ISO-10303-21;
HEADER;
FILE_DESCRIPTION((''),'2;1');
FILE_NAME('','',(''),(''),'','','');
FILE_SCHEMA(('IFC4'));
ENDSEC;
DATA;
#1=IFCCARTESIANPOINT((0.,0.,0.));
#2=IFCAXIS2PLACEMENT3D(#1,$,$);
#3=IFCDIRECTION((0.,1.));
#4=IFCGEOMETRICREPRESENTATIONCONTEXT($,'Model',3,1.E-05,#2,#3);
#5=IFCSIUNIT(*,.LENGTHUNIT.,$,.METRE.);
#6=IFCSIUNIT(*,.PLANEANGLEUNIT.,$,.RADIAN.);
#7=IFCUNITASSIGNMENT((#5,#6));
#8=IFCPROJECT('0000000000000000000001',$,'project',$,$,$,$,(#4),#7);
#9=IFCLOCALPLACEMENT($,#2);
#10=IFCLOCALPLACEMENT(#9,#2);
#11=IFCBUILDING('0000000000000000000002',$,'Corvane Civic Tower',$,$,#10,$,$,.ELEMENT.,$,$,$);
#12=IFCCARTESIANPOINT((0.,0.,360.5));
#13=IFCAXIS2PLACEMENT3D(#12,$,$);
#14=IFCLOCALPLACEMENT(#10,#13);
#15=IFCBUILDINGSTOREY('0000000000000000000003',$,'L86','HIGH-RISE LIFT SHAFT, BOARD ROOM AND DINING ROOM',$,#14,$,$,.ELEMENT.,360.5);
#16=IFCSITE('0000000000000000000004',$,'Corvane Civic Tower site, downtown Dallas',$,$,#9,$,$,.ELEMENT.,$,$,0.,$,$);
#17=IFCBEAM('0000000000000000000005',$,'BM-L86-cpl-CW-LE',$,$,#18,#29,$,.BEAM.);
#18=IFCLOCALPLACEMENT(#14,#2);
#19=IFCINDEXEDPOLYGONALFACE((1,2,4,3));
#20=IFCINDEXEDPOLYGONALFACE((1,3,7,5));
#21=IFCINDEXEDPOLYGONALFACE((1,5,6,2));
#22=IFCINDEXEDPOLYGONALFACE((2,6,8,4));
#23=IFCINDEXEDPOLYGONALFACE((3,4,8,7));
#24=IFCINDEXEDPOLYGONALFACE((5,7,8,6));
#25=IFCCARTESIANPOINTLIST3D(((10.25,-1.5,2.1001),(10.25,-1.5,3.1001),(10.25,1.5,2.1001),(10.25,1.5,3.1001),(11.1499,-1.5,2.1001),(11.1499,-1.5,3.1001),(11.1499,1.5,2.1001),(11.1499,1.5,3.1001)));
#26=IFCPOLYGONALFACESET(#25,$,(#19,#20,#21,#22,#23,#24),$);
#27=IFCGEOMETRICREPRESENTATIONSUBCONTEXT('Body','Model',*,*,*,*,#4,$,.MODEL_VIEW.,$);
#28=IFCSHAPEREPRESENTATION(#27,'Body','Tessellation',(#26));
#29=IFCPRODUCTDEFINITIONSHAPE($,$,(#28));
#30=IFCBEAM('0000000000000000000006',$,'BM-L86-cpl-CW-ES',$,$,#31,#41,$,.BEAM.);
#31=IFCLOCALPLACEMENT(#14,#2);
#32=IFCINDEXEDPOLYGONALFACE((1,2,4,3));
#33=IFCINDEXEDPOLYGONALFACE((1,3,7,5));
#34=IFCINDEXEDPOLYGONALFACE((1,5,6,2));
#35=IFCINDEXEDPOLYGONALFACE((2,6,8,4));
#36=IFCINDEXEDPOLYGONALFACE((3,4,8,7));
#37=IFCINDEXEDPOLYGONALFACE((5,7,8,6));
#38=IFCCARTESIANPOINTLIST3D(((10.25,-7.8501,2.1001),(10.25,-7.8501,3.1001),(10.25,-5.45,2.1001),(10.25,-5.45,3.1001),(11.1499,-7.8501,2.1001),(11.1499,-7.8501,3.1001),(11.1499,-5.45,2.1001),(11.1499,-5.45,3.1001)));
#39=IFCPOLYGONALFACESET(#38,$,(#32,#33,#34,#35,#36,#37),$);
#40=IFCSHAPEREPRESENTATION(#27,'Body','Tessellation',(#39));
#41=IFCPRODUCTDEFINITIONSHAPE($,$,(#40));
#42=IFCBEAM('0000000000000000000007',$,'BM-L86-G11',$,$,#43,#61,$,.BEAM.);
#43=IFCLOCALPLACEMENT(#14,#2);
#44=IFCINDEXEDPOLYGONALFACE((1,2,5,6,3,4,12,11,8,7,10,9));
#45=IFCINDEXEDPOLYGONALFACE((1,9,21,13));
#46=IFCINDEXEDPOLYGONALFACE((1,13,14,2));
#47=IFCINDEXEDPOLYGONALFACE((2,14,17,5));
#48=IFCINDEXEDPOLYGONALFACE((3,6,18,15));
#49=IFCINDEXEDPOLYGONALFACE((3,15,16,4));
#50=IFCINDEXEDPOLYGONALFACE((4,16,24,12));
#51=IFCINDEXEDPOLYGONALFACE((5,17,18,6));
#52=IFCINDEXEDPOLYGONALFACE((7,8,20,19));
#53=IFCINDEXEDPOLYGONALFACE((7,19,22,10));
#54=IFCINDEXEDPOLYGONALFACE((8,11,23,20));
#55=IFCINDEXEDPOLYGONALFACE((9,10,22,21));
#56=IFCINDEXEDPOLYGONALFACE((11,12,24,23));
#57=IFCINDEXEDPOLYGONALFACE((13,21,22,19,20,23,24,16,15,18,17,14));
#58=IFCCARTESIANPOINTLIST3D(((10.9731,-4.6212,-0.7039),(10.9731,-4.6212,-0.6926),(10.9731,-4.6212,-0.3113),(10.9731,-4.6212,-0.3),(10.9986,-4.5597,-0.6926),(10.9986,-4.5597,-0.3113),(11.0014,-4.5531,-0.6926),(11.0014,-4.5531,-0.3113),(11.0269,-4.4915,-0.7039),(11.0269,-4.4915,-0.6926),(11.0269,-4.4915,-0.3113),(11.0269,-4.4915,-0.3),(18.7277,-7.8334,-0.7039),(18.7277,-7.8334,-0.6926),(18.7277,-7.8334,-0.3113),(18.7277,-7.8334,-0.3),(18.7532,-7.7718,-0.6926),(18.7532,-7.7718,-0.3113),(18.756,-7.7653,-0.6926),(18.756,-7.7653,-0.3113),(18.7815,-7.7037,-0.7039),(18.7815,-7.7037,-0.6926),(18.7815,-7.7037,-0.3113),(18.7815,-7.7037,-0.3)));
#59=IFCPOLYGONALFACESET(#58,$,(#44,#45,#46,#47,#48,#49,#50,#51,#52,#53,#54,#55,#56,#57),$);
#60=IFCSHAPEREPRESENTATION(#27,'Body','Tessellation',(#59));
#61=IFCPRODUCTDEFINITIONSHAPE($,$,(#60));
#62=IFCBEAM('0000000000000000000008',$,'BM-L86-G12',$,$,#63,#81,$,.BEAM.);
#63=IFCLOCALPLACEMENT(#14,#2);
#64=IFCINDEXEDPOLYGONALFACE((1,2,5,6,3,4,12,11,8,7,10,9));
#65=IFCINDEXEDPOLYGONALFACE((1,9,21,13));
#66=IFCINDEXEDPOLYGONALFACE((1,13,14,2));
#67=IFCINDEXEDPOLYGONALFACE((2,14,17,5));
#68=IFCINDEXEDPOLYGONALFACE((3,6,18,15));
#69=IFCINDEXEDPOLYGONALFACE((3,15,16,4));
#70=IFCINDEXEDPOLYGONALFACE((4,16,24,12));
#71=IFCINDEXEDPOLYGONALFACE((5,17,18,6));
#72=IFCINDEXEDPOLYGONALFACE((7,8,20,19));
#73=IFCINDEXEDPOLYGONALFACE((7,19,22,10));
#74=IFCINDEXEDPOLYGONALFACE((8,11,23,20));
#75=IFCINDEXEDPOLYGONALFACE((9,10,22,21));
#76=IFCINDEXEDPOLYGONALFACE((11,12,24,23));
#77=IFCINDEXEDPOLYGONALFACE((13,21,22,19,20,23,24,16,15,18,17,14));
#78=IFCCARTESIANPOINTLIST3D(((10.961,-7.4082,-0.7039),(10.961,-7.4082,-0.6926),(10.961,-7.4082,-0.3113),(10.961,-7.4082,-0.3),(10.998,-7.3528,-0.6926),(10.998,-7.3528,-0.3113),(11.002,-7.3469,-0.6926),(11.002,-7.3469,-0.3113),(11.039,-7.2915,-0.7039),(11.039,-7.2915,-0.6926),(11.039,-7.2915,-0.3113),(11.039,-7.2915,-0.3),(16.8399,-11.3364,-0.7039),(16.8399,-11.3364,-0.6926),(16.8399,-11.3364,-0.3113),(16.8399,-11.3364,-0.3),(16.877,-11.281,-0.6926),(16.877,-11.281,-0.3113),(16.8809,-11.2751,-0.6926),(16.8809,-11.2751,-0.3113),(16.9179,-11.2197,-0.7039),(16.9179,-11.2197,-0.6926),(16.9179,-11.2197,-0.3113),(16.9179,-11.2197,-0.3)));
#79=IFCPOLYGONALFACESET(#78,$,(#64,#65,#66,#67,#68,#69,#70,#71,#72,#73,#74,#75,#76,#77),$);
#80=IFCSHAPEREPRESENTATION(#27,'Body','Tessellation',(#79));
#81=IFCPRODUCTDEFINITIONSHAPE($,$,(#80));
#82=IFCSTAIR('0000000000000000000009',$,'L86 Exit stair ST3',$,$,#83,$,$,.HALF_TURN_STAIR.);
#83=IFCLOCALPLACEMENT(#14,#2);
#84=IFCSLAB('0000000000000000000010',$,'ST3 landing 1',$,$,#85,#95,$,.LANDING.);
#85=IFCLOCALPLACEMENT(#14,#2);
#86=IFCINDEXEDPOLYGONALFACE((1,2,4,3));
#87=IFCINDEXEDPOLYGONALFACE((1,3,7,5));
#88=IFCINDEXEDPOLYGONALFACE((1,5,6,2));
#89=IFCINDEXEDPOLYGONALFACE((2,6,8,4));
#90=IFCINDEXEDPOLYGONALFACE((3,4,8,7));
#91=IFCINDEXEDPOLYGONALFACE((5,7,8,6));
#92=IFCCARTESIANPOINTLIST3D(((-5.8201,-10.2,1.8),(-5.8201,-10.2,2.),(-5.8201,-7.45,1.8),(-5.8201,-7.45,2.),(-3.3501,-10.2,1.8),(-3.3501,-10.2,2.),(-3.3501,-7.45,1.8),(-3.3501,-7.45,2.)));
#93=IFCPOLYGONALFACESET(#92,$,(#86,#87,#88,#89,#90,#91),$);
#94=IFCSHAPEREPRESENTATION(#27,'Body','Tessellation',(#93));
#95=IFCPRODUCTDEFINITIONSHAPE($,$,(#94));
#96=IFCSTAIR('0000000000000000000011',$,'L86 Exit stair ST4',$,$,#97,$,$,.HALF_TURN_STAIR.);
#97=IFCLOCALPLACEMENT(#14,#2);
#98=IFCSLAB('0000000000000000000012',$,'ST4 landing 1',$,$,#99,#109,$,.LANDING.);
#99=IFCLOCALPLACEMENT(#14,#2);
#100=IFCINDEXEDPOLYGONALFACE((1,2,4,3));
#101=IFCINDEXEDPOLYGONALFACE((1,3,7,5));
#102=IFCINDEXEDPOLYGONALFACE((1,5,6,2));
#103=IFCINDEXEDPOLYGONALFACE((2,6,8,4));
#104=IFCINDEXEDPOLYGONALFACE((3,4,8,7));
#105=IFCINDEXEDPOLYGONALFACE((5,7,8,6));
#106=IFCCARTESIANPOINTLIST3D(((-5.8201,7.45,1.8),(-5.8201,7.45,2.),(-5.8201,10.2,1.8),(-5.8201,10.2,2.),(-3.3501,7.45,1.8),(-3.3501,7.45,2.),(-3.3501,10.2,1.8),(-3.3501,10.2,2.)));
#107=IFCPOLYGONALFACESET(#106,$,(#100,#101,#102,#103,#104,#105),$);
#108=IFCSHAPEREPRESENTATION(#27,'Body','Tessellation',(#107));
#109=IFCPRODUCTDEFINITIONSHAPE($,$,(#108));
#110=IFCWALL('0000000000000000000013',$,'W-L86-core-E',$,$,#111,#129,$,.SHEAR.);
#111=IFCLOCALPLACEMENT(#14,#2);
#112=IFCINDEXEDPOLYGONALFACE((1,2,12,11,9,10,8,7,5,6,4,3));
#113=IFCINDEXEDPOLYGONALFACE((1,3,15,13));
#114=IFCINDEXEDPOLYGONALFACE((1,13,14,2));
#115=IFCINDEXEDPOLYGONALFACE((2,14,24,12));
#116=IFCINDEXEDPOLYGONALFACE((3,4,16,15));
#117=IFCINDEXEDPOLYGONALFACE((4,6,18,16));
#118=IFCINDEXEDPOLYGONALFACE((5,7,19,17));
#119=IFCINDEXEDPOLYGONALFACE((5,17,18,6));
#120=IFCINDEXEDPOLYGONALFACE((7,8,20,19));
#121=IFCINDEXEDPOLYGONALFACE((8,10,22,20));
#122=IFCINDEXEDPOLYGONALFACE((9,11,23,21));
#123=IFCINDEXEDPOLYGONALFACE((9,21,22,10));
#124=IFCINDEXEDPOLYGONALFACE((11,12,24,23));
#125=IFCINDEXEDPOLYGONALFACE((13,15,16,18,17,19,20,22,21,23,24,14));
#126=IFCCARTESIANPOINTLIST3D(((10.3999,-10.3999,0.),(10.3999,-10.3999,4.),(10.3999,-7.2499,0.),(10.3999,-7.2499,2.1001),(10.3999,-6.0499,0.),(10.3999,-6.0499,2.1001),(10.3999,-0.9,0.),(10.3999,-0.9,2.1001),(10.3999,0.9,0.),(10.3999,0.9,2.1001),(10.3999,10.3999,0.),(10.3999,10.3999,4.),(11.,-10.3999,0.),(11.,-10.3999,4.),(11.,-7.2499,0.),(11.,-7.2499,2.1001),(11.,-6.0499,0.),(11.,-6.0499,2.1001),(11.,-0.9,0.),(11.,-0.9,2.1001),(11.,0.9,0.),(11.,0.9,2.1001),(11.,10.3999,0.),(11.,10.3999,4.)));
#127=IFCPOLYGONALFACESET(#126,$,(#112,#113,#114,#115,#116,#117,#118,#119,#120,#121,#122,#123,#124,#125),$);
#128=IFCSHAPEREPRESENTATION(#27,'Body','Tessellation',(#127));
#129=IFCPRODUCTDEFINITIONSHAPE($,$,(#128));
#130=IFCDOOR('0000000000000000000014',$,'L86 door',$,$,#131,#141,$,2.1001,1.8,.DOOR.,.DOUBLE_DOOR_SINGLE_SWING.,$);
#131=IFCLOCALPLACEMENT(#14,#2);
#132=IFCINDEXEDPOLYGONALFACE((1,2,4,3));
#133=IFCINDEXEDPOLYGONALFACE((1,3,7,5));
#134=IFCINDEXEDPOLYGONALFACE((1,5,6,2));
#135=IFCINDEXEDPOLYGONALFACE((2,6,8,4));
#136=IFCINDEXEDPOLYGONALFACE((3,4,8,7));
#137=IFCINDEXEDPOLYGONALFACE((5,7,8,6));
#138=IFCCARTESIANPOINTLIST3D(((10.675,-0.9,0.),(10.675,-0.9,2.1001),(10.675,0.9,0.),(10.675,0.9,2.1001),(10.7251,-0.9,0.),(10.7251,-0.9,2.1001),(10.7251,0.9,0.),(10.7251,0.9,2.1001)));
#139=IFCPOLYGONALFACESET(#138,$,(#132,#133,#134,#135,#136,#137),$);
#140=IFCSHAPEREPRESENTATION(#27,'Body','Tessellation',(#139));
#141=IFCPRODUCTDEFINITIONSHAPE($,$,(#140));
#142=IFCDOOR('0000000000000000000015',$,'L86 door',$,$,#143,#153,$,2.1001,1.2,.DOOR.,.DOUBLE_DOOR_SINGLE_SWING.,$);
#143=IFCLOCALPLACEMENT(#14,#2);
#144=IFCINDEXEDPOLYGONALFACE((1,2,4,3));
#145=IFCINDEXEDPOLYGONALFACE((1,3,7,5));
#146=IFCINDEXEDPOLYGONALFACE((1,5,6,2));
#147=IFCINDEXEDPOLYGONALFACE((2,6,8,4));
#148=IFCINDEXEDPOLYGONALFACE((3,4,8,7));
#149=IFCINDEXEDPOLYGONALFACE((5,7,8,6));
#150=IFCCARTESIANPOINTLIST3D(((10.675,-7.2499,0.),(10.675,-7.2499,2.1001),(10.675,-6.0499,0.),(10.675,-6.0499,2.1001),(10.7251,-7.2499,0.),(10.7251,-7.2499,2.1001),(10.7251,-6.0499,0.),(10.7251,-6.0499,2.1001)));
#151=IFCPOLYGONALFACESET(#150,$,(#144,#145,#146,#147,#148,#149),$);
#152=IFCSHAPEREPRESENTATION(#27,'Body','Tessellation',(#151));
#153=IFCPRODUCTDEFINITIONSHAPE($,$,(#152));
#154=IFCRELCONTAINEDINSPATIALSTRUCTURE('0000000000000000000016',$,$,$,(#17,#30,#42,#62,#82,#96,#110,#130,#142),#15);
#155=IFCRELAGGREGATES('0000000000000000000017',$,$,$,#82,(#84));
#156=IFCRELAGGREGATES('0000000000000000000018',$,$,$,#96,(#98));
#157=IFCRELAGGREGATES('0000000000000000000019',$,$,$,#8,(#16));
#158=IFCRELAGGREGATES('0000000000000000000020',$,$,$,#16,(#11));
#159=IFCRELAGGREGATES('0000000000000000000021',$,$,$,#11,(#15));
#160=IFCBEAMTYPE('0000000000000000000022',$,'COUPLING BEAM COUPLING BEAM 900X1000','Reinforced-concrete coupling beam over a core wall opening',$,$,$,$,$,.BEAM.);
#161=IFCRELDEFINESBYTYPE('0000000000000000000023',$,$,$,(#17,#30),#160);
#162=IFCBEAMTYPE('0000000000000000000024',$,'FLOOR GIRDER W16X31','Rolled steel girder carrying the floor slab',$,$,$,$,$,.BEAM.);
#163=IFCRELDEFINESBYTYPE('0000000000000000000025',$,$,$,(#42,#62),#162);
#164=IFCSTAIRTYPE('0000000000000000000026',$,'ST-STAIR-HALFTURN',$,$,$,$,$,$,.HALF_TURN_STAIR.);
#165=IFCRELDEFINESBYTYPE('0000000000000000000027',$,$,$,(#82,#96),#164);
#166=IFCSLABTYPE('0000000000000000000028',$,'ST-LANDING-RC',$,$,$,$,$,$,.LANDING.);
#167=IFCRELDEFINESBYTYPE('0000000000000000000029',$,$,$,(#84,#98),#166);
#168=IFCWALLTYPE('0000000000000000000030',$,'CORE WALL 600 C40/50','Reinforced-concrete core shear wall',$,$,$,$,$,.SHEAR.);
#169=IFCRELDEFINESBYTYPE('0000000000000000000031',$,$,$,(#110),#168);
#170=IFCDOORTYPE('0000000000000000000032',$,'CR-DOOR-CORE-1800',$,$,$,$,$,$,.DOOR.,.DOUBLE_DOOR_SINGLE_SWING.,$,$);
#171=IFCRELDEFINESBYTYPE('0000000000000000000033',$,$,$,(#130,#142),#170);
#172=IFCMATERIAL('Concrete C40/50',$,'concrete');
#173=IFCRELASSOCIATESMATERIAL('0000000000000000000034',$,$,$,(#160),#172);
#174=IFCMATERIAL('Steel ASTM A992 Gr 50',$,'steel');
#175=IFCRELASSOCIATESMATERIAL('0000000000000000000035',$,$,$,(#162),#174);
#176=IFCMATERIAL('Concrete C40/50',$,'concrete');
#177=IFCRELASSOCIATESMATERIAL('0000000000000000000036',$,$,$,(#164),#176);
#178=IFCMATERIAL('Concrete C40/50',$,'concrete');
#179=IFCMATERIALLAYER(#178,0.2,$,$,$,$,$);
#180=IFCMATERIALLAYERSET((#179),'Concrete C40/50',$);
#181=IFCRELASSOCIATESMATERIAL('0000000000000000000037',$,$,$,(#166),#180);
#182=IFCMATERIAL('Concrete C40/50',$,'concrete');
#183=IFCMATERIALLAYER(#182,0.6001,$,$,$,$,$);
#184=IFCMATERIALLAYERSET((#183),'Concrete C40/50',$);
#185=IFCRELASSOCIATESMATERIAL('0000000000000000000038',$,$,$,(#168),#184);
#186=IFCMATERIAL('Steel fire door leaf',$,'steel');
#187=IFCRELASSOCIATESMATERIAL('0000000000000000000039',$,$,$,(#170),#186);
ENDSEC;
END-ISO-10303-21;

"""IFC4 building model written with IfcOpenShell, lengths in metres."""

from ifc_helpers import new_model, si_unit, direction, frame, frame_2d, origin, origin_2d, place, context, subcontext, project, spatial, polyline, rectangle, i_section, outline, extrude, material, layer, layer_set, material_profile, profile_set, type_object, element, fill, aggregate, save


model = new_model("IFC4")

# Units and contexts
model_context = context("Model", 3, precision=1e-05, world=origin(), true_north=direction((0.0, 1.0)))
body_context = subcontext(model_context, "Body", "Model", "MODEL_VIEW")
ifc_project = project(units=[si_unit("LENGTHUNIT", "METRE"), si_unit("PLANEANGLEUNIT", "RADIAN")], contexts=[model_context])

# Site, building, storey
site_placement = place(None, origin())
site = spatial("IfcSite", under=ifc_project, at=site_placement, Name="Corvane Civic Tower site, downtown Dallas", CompositionType="ELEMENT", RefElevation=0.0)
building_placement = place(site_placement, origin())
building = spatial("IfcBuilding", under=site, at=building_placement, Name="Corvane Civic Tower", CompositionType="ELEMENT")
storey_placement = place(building_placement, frame((0.0, 0.0, 360.5)))
storey = spatial("IfcBuildingStorey", under=building, at=storey_placement, Name="L86", Description="HIGH-RISE LIFT SHAFT, BOARD ROOM AND DINING ROOM", CompositionType="ELEMENT", Elevation=360.5)

# Beams
ifc_material_1 = material(Name="Concrete C40/50", Category="concrete")
ifc_material_profile_1 = material_profile(ifc_material_1, rectangle(XDim=0.8999, YDim=1.0, at=origin_2d()), Name="COUPLING BEAM 900X1000")
ifc_profile_set_1 = profile_set([ifc_material_profile_1], Name="Concrete C40/50")
beam_type_1 = type_object("IfcBeamType", Name="COUPLING BEAM COUPLING BEAM 900X1000", Description="Reinforced-concrete coupling beam over a core wall opening", PredefinedType="BEAM", material=ifc_profile_set_1)
beam_1_placement = place(storey_placement, frame((10.7, -1.5, 2.6001), z_axis=(0.0, 1.0, 0.0), x_axis=(-1.0, 0.0, 0.0)))
element("IfcBeam", 1, at=beam_1_placement, inside=storey, type_object=beam_type_1, Name="BM-L86-cpl-CW-LE", PredefinedType="BEAM", context=body_context, shape_type="SweptSolid", body=[
    extrude(rectangle(XDim=0.8999, YDim=1.0, at=origin_2d()), origin(), (0.0, 0.0, 1.0), 3.0),
])
beam_2_placement = place(storey_placement, frame((10.7, -7.8501, 2.6001), z_axis=(0.0, 1.0, 0.0), x_axis=(-1.0, 0.0, 0.0)))
element("IfcBeam", 2, at=beam_2_placement, inside=storey, type_object=beam_type_1, Name="BM-L86-cpl-CW-ES", PredefinedType="BEAM", context=body_context, shape_type="SweptSolid", body=[
    extrude(rectangle(XDim=0.8999, YDim=1.0, at=origin_2d()), origin(), (0.0, 0.0, 1.0), 2.4001),
])
ifc_material_2 = material(Name="Steel ASTM A992 Gr 50", Category="steel")
ifc_material_profile_2 = material_profile(ifc_material_2, i_section(OverallWidth=0.1404, OverallDepth=0.4038, WebThickness=0.0071, FlangeThickness=0.0112, at=origin_2d()), Name="W16X31")
ifc_profile_set_2 = profile_set([ifc_material_profile_2], Name="Steel ASTM A992 Gr 50")
beam_type_2 = type_object("IfcBeamType", Name="FLOOR GIRDER W16X31", Description="Rolled steel girder carrying the floor slab", PredefinedType="BEAM", material=ifc_profile_set_2)
beam_3_placement = place(storey_placement, frame((11.0, -4.5564, -0.502), z_axis=(0.923876, -0.382692, 0.0), x_axis=(0.382692, 0.923876, 0.0)))
element("IfcBeam", 3, at=beam_3_placement, inside=storey, type_object=beam_type_2, Name="BM-L86-G11", PredefinedType="BEAM", context=body_context, shape_type="SweptSolid", body=[
    extrude(i_section(OverallWidth=0.1404, OverallDepth=0.4038, WebThickness=0.0071, FlangeThickness=0.0112, at=origin_2d()), origin(), (0.0, 0.0, 1.0), 8.3936),
])
beam_4_placement = place(storey_placement, frame((11.0, -7.3499, -0.502), z_axis=(0.831465, -0.555576, 0.0), x_axis=(0.555576, 0.831465, 0.0)))
element("IfcBeam", 4, at=beam_4_placement, inside=storey, type_object=beam_type_2, Name="BM-L86-G12", PredefinedType="BEAM", context=body_context, shape_type="SweptSolid", body=[
    extrude(i_section(OverallWidth=0.1404, OverallDepth=0.4038, WebThickness=0.0071, FlangeThickness=0.0112, at=origin_2d()), origin(), (0.0, 0.0, 1.0), 7.0706),
])

# Stairs, slabs
ifc_material_3 = material(Name="Concrete C40/50", Category="concrete")
stair_type = type_object("IfcStairType", Name="ST-STAIR-HALFTURN", PredefinedType="HALF_TURN_STAIR", material=ifc_material_3)
stair_1_placement = place(storey_placement, origin())
stair_1 = element("IfcStair", 5, at=stair_1_placement, inside=storey, type_object=stair_type, Name="L86 Exit stair ST3", PredefinedType="HALF_TURN_STAIR")
ifc_material_4 = material(Name="Concrete C40/50", Category="concrete")
ifc_layer_1 = layer(ifc_material_4, 0.2)
ifc_layer_set_1 = layer_set([ifc_layer_1], Name="Concrete C40/50")
slab_type = type_object("IfcSlabType", Name="ST-LANDING-RC", PredefinedType="LANDING", material=ifc_layer_set_1)
slab_1_placement = place(storey_placement, frame((0.0, 0.0, 1.8)))
slab_1 = element("IfcSlab", 6, at=slab_1_placement, type_object=slab_type, Name="ST3 landing 1", PredefinedType="LANDING", context=body_context, shape_type="SweptSolid", body=[
    extrude(outline(polyline([(-5.8201, -10.2), (-3.3501, -10.2), (-3.3501, -7.45), (-5.8201, -7.45), (-5.8201, -10.2)])), origin(), (0.0, 0.0, 1.0), 0.2),
])
aggregate(stair_1, [slab_1])
stair_2_placement = place(storey_placement, origin())
stair_2 = element("IfcStair", 7, at=stair_2_placement, inside=storey, type_object=stair_type, Name="L86 Exit stair ST4", PredefinedType="HALF_TURN_STAIR")
slab_2_placement = place(storey_placement, frame((0.0, 0.0, 1.8)))
slab_2 = element("IfcSlab", 8, at=slab_2_placement, type_object=slab_type, Name="ST4 landing 1", PredefinedType="LANDING", context=body_context, shape_type="SweptSolid", body=[
    extrude(outline(polyline([(-5.8201, 7.45), (-3.3501, 7.45), (-3.3501, 10.2), (-5.8201, 10.2), (-5.8201, 7.45)])), origin(), (0.0, 0.0, 1.0), 0.2),
])
aggregate(stair_2, [slab_2])

# Wall, openings, doors
ifc_material_5 = material(Name="Concrete C40/50", Category="concrete")
ifc_layer_2 = layer(ifc_material_5, 0.6001)
ifc_layer_set_2 = layer_set([ifc_layer_2], Name="Concrete C40/50")
wall_type_1 = type_object("IfcWallType", Name="CORE WALL 600 C40/50", Description="Reinforced-concrete core shear wall", PredefinedType="SHEAR", material=ifc_layer_set_2)
wall_1_placement = place(storey_placement, frame((10.7, -10.3999, 0.0), z_axis=(0.0, 0.0, 1.0), x_axis=(0.0, 1.0, 0.0)))
wall_1 = element("IfcWall", 9, at=wall_1_placement, inside=storey, type_object=wall_type_1, Name="W-L86-core-E", PredefinedType="SHEAR", context=body_context, shape_type="SweptSolid", body=[
    extrude(rectangle(XDim=20.7998, YDim=0.6001, at=frame_2d((10.3999, 0.0))), origin(), (0.0, 0.0, 1.0), 4.0),
])
opening_1_placement = place(wall_1_placement, frame((9.5, 0.0, 0.0)))
opening_1 = element("IfcOpeningElement", 10, at=opening_1_placement, cuts=wall_1, PredefinedType="OPENING", context=body_context, shape_type="SweptSolid", body=[
    extrude(rectangle(XDim=1.8, YDim=2.1001, at=frame_2d((0.8999, 1.05))), frame((0.0, 0.3101, 0.0), z_axis=(0.0, -1.0, 0.0), x_axis=(1.0, 0.0, 0.0)), (0.0, 0.0, 1.0), 0.6201),
])
opening_2_placement = place(wall_1_placement, frame((3.1499, 0.0, 0.0)))
opening_2 = element("IfcOpeningElement", 11, at=opening_2_placement, cuts=wall_1, PredefinedType="OPENING", context=body_context, shape_type="SweptSolid", body=[
    extrude(rectangle(XDim=1.2, YDim=2.1001, at=frame_2d((0.6001, 1.05))), frame((0.0, 0.3101, 0.0), z_axis=(0.0, -1.0, 0.0), x_axis=(1.0, 0.0, 0.0)), (0.0, 0.0, 1.0), 0.6201),
])
ifc_material_6 = material(Name="Steel fire door leaf", Category="steel")
door_type_1 = type_object("IfcDoorType", Name="CR-DOOR-CORE-1800", OperationType="DOUBLE_DOOR_SINGLE_SWING", PredefinedType="DOOR", material=ifc_material_6)
door_1_placement = place(opening_1_placement, origin())
door_1 = element("IfcDoor", 12, at=door_1_placement, inside=storey, type_object=door_type_1, Name="L86 door", OperationType="DOUBLE_DOOR_SINGLE_SWING", OverallHeight=2.1001, OverallWidth=1.8, PredefinedType="DOOR", context=body_context, shape_type="SweptSolid", body=[
    extrude(rectangle(XDim=1.8, YDim=2.1001, at=frame_2d((0.8999, 1.05))), frame((0.0, 0.0249, 0.0), z_axis=(0.0, -1.0, 0.0), x_axis=(1.0, 0.0, 0.0)), (0.0, 0.0, 1.0), 0.05),
])
fill(opening_1, door_1)
door_2_placement = place(opening_2_placement, origin())
door_2 = element("IfcDoor", 13, at=door_2_placement, inside=storey, type_object=door_type_1, Name="L86 door", OperationType="DOUBLE_DOOR_SINGLE_SWING", OverallHeight=2.1001, OverallWidth=1.2, PredefinedType="DOOR", context=body_context, shape_type="SweptSolid", body=[
    extrude(rectangle(XDim=1.2, YDim=2.1001, at=frame_2d((0.6001, 1.05))), frame((0.0, 0.0249, 0.0), z_axis=(0.0, -1.0, 0.0), x_axis=(1.0, 0.0, 0.0)), (0.0, 0.0, 1.0), 0.05),
])
fill(opening_2, door_2)

save(model, "model.ifc")
